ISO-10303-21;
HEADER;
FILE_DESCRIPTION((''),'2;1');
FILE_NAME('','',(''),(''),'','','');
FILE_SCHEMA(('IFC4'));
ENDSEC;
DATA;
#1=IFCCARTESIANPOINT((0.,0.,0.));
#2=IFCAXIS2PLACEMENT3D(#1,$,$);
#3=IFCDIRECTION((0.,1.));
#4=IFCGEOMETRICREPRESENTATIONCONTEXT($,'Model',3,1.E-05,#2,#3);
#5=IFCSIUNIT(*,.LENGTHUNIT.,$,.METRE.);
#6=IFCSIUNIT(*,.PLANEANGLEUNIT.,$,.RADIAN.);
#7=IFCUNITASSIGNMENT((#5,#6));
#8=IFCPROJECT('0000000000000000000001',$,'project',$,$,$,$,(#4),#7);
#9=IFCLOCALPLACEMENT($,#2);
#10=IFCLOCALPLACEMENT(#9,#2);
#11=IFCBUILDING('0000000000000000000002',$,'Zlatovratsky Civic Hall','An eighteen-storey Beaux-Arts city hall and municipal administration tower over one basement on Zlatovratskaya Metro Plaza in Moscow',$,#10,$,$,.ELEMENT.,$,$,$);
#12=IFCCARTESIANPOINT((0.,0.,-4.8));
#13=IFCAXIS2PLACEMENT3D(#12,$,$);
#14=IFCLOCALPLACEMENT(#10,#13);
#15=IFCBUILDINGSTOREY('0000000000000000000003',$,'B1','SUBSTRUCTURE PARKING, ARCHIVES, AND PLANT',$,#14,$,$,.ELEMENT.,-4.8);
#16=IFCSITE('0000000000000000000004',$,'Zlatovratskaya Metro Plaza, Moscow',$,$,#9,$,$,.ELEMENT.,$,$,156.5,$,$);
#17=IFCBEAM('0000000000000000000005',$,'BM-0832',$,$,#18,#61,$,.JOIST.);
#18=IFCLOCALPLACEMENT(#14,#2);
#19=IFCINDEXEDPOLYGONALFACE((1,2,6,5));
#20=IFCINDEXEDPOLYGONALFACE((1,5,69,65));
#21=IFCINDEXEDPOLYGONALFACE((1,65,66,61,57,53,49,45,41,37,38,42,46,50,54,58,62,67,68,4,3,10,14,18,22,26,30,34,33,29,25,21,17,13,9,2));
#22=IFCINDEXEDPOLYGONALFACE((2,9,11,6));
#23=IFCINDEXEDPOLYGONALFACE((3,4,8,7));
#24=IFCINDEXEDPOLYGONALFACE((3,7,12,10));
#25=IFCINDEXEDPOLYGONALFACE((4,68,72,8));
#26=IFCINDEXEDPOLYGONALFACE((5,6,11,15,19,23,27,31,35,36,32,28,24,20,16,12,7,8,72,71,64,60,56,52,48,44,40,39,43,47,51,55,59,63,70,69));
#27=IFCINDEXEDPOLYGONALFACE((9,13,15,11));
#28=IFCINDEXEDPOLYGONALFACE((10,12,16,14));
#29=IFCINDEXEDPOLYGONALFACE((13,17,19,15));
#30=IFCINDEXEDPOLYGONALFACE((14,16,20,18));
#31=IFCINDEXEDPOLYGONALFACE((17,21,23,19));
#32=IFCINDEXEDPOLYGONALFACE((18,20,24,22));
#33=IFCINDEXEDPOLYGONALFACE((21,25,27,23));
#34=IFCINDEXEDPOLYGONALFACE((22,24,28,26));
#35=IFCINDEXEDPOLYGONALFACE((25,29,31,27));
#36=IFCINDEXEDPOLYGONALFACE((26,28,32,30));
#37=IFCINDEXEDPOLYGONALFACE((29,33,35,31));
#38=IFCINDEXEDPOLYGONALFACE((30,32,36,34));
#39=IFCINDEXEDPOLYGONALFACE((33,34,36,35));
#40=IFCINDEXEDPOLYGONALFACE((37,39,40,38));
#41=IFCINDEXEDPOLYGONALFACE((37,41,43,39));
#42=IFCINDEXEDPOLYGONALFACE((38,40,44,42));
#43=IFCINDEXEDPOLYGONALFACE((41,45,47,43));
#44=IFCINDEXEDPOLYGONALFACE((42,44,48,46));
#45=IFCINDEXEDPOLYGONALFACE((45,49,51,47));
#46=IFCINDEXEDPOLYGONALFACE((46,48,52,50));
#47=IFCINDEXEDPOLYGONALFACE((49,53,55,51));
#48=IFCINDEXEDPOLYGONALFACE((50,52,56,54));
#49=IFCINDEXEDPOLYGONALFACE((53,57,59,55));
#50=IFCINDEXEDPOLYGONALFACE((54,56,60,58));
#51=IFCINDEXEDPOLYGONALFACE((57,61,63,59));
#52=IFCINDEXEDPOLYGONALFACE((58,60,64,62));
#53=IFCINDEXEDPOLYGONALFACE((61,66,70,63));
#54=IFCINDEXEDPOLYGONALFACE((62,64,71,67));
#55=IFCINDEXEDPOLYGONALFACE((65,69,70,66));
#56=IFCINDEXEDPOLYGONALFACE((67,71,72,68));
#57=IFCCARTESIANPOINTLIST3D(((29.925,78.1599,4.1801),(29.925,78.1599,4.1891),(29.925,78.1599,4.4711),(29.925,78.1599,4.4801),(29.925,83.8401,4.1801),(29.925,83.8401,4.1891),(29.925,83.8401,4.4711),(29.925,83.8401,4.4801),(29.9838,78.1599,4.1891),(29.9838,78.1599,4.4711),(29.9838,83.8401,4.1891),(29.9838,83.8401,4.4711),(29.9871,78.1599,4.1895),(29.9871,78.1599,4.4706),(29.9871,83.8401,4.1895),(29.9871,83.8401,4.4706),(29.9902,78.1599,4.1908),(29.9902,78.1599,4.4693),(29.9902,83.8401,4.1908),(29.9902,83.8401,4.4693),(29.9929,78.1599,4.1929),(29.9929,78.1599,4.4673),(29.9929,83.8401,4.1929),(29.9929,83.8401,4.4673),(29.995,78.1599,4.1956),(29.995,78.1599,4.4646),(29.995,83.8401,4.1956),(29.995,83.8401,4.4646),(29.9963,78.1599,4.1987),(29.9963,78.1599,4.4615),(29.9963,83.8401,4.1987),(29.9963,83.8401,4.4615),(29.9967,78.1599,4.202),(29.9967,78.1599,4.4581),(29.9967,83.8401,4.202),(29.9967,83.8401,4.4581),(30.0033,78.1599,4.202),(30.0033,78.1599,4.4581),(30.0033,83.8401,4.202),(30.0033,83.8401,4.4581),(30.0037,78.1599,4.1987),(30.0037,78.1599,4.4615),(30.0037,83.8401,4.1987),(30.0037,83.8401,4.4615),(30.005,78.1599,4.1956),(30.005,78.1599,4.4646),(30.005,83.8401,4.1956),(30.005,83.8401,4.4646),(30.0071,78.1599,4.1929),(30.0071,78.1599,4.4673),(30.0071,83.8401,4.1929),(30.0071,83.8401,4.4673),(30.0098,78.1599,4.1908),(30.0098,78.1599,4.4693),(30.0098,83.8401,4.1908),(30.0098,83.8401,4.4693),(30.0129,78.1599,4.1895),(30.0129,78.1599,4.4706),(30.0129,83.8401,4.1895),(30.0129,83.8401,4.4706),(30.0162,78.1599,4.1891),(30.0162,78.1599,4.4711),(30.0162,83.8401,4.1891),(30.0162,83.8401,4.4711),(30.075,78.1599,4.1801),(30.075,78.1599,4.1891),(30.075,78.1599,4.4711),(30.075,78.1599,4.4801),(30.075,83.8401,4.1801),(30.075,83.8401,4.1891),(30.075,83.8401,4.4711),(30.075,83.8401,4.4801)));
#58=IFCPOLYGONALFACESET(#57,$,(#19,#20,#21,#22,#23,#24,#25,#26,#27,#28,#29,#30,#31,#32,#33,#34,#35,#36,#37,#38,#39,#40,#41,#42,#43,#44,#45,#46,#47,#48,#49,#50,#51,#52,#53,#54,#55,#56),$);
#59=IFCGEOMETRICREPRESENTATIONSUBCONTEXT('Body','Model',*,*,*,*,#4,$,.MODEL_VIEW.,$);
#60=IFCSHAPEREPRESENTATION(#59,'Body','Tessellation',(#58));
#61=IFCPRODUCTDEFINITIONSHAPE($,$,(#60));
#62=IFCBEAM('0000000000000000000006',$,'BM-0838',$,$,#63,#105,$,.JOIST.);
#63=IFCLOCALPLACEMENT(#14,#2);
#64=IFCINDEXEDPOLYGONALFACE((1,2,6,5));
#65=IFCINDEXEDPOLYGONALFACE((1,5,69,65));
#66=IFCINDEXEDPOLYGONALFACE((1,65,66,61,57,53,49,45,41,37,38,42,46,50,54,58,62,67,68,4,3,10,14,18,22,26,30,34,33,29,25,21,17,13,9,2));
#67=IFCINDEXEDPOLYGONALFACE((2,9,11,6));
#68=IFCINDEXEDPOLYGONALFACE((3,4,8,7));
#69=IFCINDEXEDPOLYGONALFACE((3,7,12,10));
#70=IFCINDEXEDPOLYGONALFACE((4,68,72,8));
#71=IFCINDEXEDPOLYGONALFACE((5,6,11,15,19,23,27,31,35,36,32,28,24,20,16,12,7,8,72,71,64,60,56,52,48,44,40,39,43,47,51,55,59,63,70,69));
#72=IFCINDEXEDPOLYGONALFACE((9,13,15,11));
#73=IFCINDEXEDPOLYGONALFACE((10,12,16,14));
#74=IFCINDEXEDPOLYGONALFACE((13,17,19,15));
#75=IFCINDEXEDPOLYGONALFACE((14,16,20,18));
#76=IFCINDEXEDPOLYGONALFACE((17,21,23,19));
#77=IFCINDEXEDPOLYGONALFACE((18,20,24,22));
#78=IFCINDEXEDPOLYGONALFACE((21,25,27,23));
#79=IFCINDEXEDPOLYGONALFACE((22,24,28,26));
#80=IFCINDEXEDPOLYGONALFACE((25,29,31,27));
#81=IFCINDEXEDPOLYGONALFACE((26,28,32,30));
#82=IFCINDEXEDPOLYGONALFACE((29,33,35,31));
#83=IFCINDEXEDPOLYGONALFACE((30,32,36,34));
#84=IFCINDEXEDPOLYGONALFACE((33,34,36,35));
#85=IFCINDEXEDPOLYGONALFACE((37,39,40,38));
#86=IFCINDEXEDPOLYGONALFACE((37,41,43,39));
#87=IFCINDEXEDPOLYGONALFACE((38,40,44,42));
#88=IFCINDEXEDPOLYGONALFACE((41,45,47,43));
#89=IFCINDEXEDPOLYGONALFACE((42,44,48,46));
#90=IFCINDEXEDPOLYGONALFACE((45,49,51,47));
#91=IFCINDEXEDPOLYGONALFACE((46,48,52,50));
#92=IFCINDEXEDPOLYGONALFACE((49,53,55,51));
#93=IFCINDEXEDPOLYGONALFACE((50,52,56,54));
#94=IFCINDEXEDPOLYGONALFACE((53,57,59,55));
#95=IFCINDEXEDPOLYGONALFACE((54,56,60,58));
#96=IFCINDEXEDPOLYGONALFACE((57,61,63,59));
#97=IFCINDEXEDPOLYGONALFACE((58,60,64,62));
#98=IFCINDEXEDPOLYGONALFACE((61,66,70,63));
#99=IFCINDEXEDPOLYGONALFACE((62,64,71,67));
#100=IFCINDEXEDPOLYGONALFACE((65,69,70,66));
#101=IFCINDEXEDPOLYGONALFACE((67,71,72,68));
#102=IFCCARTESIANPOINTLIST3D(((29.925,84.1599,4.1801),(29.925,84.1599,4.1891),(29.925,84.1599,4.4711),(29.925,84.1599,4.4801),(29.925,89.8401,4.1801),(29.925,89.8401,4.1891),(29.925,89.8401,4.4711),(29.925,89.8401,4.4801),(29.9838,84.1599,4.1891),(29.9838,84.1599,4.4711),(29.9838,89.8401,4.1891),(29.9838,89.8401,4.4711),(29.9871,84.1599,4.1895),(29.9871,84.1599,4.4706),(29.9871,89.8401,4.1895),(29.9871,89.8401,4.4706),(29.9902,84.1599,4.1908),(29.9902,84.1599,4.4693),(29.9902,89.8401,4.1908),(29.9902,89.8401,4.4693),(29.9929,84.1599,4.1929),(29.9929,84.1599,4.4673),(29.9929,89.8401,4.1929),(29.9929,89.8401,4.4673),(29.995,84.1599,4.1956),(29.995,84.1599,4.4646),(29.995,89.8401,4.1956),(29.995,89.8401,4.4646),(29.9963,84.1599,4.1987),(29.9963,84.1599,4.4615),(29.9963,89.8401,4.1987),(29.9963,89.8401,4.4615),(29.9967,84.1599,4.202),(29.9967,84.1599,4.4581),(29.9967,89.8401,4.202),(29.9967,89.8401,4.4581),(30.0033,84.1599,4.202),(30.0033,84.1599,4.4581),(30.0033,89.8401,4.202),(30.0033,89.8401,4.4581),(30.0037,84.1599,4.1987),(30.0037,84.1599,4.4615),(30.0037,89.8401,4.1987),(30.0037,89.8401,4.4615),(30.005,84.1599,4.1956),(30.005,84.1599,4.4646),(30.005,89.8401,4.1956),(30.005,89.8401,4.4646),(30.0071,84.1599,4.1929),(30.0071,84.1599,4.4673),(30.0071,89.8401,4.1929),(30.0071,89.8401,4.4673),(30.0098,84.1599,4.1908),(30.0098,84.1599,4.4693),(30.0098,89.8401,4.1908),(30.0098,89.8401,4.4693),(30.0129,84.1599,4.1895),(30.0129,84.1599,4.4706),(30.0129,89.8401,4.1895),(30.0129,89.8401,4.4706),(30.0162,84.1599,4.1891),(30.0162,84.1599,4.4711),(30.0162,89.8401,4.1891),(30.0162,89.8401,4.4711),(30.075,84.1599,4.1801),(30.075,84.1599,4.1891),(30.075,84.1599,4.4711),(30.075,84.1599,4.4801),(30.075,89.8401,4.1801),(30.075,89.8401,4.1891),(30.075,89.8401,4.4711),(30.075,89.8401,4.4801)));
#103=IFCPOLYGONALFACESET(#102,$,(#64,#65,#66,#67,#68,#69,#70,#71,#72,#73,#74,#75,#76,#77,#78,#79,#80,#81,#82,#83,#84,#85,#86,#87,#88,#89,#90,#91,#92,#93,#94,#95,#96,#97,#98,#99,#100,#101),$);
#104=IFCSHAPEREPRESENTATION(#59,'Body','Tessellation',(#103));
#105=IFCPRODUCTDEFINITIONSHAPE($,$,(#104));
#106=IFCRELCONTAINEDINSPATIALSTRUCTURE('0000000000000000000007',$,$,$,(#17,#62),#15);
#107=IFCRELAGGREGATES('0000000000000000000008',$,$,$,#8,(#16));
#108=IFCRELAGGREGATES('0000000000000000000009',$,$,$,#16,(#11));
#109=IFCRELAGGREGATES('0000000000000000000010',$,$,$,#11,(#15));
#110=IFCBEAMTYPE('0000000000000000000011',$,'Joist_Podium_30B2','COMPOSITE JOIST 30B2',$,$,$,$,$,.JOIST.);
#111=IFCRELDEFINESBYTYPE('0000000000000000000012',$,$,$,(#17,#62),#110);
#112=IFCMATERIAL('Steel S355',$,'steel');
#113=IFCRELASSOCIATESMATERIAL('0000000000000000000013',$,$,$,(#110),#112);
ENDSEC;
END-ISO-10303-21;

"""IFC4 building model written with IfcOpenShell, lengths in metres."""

from ifc_helpers import new_model, si_unit, direction, frame, origin, origin_2d, place, context, subcontext, project, spatial, i_section, extrude, material, material_profile, profile_set, type_object, element, save


model = new_model("IFC4")

# Units and contexts
model_context = context("Model", 3, precision=1e-05, world=origin(), true_north=direction((0.0, 1.0)))
body_context = subcontext(model_context, "Body", "Model", "MODEL_VIEW")
ifc_project = project(units=[si_unit("LENGTHUNIT", "METRE"), si_unit("PLANEANGLEUNIT", "RADIAN")], contexts=[model_context])

# Site, building, storey
site_placement = place(None, origin())
site = spatial("IfcSite", under=ifc_project, at=site_placement, Name="Zlatovratskaya Metro Plaza, Moscow", CompositionType="ELEMENT", RefElevation=156.5)
building_placement = place(site_placement, origin())
building = spatial("IfcBuilding", under=site, at=building_placement, Name="Zlatovratsky Civic Hall", Description="An eighteen-storey Beaux-Arts city hall and municipal administration tower over one basement on Zlatovratskaya Metro Plaza in Moscow", CompositionType="ELEMENT")
storey_placement = place(building_placement, frame((0.0, 0.0, -4.8)))
storey = spatial("IfcBuildingStorey", under=building, at=storey_placement, Name="B1", Description="SUBSTRUCTURE PARKING, ARCHIVES, AND PLANT", CompositionType="ELEMENT", Elevation=-4.8)

# Shared definitions
ifc_material_1 = material(Name="Steel S355", Category="steel")

# Beams
ifc_material_profile_1 = material_profile(ifc_material_1, i_section(OverallWidth=0.1499, OverallDepth=0.3, WebThickness=0.0066, FlangeThickness=0.009, FilletRadius=0.0129, at=origin_2d()), Name="30B2")
ifc_profile_set_1 = profile_set([ifc_material_profile_1], Name="Steel S355")
beam_type_1 = type_object("IfcBeamType", Name="Joist_Podium_30B2", Description="COMPOSITE JOIST 30B2", PredefinedType="JOIST", material=ifc_profile_set_1)
for number, where, z_axis, x_axis, name in (
    (1, (30.0, 78.1599, 4.3301), (0.0, 1.0, 0.0), (-1.0, 0.0, 0.0), "BM-0832"),
    (2, (30.0, 84.1599, 4.3301), (0.0, 1.0, 0.0), (-1.0, 0.0, 0.0), "BM-0838"),
):
    element("IfcBeam", number, at=place(storey_placement, frame(where, z_axis=z_axis, x_axis=x_axis)), inside=storey, type_object=beam_type_1, Name=name, PredefinedType="JOIST", context=body_context, shape_type="SweptSolid", body=[
        extrude(i_section(OverallWidth=0.1499, OverallDepth=0.3, WebThickness=0.0066, FlangeThickness=0.009, FilletRadius=0.0129, at=origin_2d()), origin(), (0.0, 0.0, 1.0), 5.6802),
    ])

save(model, "model.ifc")
